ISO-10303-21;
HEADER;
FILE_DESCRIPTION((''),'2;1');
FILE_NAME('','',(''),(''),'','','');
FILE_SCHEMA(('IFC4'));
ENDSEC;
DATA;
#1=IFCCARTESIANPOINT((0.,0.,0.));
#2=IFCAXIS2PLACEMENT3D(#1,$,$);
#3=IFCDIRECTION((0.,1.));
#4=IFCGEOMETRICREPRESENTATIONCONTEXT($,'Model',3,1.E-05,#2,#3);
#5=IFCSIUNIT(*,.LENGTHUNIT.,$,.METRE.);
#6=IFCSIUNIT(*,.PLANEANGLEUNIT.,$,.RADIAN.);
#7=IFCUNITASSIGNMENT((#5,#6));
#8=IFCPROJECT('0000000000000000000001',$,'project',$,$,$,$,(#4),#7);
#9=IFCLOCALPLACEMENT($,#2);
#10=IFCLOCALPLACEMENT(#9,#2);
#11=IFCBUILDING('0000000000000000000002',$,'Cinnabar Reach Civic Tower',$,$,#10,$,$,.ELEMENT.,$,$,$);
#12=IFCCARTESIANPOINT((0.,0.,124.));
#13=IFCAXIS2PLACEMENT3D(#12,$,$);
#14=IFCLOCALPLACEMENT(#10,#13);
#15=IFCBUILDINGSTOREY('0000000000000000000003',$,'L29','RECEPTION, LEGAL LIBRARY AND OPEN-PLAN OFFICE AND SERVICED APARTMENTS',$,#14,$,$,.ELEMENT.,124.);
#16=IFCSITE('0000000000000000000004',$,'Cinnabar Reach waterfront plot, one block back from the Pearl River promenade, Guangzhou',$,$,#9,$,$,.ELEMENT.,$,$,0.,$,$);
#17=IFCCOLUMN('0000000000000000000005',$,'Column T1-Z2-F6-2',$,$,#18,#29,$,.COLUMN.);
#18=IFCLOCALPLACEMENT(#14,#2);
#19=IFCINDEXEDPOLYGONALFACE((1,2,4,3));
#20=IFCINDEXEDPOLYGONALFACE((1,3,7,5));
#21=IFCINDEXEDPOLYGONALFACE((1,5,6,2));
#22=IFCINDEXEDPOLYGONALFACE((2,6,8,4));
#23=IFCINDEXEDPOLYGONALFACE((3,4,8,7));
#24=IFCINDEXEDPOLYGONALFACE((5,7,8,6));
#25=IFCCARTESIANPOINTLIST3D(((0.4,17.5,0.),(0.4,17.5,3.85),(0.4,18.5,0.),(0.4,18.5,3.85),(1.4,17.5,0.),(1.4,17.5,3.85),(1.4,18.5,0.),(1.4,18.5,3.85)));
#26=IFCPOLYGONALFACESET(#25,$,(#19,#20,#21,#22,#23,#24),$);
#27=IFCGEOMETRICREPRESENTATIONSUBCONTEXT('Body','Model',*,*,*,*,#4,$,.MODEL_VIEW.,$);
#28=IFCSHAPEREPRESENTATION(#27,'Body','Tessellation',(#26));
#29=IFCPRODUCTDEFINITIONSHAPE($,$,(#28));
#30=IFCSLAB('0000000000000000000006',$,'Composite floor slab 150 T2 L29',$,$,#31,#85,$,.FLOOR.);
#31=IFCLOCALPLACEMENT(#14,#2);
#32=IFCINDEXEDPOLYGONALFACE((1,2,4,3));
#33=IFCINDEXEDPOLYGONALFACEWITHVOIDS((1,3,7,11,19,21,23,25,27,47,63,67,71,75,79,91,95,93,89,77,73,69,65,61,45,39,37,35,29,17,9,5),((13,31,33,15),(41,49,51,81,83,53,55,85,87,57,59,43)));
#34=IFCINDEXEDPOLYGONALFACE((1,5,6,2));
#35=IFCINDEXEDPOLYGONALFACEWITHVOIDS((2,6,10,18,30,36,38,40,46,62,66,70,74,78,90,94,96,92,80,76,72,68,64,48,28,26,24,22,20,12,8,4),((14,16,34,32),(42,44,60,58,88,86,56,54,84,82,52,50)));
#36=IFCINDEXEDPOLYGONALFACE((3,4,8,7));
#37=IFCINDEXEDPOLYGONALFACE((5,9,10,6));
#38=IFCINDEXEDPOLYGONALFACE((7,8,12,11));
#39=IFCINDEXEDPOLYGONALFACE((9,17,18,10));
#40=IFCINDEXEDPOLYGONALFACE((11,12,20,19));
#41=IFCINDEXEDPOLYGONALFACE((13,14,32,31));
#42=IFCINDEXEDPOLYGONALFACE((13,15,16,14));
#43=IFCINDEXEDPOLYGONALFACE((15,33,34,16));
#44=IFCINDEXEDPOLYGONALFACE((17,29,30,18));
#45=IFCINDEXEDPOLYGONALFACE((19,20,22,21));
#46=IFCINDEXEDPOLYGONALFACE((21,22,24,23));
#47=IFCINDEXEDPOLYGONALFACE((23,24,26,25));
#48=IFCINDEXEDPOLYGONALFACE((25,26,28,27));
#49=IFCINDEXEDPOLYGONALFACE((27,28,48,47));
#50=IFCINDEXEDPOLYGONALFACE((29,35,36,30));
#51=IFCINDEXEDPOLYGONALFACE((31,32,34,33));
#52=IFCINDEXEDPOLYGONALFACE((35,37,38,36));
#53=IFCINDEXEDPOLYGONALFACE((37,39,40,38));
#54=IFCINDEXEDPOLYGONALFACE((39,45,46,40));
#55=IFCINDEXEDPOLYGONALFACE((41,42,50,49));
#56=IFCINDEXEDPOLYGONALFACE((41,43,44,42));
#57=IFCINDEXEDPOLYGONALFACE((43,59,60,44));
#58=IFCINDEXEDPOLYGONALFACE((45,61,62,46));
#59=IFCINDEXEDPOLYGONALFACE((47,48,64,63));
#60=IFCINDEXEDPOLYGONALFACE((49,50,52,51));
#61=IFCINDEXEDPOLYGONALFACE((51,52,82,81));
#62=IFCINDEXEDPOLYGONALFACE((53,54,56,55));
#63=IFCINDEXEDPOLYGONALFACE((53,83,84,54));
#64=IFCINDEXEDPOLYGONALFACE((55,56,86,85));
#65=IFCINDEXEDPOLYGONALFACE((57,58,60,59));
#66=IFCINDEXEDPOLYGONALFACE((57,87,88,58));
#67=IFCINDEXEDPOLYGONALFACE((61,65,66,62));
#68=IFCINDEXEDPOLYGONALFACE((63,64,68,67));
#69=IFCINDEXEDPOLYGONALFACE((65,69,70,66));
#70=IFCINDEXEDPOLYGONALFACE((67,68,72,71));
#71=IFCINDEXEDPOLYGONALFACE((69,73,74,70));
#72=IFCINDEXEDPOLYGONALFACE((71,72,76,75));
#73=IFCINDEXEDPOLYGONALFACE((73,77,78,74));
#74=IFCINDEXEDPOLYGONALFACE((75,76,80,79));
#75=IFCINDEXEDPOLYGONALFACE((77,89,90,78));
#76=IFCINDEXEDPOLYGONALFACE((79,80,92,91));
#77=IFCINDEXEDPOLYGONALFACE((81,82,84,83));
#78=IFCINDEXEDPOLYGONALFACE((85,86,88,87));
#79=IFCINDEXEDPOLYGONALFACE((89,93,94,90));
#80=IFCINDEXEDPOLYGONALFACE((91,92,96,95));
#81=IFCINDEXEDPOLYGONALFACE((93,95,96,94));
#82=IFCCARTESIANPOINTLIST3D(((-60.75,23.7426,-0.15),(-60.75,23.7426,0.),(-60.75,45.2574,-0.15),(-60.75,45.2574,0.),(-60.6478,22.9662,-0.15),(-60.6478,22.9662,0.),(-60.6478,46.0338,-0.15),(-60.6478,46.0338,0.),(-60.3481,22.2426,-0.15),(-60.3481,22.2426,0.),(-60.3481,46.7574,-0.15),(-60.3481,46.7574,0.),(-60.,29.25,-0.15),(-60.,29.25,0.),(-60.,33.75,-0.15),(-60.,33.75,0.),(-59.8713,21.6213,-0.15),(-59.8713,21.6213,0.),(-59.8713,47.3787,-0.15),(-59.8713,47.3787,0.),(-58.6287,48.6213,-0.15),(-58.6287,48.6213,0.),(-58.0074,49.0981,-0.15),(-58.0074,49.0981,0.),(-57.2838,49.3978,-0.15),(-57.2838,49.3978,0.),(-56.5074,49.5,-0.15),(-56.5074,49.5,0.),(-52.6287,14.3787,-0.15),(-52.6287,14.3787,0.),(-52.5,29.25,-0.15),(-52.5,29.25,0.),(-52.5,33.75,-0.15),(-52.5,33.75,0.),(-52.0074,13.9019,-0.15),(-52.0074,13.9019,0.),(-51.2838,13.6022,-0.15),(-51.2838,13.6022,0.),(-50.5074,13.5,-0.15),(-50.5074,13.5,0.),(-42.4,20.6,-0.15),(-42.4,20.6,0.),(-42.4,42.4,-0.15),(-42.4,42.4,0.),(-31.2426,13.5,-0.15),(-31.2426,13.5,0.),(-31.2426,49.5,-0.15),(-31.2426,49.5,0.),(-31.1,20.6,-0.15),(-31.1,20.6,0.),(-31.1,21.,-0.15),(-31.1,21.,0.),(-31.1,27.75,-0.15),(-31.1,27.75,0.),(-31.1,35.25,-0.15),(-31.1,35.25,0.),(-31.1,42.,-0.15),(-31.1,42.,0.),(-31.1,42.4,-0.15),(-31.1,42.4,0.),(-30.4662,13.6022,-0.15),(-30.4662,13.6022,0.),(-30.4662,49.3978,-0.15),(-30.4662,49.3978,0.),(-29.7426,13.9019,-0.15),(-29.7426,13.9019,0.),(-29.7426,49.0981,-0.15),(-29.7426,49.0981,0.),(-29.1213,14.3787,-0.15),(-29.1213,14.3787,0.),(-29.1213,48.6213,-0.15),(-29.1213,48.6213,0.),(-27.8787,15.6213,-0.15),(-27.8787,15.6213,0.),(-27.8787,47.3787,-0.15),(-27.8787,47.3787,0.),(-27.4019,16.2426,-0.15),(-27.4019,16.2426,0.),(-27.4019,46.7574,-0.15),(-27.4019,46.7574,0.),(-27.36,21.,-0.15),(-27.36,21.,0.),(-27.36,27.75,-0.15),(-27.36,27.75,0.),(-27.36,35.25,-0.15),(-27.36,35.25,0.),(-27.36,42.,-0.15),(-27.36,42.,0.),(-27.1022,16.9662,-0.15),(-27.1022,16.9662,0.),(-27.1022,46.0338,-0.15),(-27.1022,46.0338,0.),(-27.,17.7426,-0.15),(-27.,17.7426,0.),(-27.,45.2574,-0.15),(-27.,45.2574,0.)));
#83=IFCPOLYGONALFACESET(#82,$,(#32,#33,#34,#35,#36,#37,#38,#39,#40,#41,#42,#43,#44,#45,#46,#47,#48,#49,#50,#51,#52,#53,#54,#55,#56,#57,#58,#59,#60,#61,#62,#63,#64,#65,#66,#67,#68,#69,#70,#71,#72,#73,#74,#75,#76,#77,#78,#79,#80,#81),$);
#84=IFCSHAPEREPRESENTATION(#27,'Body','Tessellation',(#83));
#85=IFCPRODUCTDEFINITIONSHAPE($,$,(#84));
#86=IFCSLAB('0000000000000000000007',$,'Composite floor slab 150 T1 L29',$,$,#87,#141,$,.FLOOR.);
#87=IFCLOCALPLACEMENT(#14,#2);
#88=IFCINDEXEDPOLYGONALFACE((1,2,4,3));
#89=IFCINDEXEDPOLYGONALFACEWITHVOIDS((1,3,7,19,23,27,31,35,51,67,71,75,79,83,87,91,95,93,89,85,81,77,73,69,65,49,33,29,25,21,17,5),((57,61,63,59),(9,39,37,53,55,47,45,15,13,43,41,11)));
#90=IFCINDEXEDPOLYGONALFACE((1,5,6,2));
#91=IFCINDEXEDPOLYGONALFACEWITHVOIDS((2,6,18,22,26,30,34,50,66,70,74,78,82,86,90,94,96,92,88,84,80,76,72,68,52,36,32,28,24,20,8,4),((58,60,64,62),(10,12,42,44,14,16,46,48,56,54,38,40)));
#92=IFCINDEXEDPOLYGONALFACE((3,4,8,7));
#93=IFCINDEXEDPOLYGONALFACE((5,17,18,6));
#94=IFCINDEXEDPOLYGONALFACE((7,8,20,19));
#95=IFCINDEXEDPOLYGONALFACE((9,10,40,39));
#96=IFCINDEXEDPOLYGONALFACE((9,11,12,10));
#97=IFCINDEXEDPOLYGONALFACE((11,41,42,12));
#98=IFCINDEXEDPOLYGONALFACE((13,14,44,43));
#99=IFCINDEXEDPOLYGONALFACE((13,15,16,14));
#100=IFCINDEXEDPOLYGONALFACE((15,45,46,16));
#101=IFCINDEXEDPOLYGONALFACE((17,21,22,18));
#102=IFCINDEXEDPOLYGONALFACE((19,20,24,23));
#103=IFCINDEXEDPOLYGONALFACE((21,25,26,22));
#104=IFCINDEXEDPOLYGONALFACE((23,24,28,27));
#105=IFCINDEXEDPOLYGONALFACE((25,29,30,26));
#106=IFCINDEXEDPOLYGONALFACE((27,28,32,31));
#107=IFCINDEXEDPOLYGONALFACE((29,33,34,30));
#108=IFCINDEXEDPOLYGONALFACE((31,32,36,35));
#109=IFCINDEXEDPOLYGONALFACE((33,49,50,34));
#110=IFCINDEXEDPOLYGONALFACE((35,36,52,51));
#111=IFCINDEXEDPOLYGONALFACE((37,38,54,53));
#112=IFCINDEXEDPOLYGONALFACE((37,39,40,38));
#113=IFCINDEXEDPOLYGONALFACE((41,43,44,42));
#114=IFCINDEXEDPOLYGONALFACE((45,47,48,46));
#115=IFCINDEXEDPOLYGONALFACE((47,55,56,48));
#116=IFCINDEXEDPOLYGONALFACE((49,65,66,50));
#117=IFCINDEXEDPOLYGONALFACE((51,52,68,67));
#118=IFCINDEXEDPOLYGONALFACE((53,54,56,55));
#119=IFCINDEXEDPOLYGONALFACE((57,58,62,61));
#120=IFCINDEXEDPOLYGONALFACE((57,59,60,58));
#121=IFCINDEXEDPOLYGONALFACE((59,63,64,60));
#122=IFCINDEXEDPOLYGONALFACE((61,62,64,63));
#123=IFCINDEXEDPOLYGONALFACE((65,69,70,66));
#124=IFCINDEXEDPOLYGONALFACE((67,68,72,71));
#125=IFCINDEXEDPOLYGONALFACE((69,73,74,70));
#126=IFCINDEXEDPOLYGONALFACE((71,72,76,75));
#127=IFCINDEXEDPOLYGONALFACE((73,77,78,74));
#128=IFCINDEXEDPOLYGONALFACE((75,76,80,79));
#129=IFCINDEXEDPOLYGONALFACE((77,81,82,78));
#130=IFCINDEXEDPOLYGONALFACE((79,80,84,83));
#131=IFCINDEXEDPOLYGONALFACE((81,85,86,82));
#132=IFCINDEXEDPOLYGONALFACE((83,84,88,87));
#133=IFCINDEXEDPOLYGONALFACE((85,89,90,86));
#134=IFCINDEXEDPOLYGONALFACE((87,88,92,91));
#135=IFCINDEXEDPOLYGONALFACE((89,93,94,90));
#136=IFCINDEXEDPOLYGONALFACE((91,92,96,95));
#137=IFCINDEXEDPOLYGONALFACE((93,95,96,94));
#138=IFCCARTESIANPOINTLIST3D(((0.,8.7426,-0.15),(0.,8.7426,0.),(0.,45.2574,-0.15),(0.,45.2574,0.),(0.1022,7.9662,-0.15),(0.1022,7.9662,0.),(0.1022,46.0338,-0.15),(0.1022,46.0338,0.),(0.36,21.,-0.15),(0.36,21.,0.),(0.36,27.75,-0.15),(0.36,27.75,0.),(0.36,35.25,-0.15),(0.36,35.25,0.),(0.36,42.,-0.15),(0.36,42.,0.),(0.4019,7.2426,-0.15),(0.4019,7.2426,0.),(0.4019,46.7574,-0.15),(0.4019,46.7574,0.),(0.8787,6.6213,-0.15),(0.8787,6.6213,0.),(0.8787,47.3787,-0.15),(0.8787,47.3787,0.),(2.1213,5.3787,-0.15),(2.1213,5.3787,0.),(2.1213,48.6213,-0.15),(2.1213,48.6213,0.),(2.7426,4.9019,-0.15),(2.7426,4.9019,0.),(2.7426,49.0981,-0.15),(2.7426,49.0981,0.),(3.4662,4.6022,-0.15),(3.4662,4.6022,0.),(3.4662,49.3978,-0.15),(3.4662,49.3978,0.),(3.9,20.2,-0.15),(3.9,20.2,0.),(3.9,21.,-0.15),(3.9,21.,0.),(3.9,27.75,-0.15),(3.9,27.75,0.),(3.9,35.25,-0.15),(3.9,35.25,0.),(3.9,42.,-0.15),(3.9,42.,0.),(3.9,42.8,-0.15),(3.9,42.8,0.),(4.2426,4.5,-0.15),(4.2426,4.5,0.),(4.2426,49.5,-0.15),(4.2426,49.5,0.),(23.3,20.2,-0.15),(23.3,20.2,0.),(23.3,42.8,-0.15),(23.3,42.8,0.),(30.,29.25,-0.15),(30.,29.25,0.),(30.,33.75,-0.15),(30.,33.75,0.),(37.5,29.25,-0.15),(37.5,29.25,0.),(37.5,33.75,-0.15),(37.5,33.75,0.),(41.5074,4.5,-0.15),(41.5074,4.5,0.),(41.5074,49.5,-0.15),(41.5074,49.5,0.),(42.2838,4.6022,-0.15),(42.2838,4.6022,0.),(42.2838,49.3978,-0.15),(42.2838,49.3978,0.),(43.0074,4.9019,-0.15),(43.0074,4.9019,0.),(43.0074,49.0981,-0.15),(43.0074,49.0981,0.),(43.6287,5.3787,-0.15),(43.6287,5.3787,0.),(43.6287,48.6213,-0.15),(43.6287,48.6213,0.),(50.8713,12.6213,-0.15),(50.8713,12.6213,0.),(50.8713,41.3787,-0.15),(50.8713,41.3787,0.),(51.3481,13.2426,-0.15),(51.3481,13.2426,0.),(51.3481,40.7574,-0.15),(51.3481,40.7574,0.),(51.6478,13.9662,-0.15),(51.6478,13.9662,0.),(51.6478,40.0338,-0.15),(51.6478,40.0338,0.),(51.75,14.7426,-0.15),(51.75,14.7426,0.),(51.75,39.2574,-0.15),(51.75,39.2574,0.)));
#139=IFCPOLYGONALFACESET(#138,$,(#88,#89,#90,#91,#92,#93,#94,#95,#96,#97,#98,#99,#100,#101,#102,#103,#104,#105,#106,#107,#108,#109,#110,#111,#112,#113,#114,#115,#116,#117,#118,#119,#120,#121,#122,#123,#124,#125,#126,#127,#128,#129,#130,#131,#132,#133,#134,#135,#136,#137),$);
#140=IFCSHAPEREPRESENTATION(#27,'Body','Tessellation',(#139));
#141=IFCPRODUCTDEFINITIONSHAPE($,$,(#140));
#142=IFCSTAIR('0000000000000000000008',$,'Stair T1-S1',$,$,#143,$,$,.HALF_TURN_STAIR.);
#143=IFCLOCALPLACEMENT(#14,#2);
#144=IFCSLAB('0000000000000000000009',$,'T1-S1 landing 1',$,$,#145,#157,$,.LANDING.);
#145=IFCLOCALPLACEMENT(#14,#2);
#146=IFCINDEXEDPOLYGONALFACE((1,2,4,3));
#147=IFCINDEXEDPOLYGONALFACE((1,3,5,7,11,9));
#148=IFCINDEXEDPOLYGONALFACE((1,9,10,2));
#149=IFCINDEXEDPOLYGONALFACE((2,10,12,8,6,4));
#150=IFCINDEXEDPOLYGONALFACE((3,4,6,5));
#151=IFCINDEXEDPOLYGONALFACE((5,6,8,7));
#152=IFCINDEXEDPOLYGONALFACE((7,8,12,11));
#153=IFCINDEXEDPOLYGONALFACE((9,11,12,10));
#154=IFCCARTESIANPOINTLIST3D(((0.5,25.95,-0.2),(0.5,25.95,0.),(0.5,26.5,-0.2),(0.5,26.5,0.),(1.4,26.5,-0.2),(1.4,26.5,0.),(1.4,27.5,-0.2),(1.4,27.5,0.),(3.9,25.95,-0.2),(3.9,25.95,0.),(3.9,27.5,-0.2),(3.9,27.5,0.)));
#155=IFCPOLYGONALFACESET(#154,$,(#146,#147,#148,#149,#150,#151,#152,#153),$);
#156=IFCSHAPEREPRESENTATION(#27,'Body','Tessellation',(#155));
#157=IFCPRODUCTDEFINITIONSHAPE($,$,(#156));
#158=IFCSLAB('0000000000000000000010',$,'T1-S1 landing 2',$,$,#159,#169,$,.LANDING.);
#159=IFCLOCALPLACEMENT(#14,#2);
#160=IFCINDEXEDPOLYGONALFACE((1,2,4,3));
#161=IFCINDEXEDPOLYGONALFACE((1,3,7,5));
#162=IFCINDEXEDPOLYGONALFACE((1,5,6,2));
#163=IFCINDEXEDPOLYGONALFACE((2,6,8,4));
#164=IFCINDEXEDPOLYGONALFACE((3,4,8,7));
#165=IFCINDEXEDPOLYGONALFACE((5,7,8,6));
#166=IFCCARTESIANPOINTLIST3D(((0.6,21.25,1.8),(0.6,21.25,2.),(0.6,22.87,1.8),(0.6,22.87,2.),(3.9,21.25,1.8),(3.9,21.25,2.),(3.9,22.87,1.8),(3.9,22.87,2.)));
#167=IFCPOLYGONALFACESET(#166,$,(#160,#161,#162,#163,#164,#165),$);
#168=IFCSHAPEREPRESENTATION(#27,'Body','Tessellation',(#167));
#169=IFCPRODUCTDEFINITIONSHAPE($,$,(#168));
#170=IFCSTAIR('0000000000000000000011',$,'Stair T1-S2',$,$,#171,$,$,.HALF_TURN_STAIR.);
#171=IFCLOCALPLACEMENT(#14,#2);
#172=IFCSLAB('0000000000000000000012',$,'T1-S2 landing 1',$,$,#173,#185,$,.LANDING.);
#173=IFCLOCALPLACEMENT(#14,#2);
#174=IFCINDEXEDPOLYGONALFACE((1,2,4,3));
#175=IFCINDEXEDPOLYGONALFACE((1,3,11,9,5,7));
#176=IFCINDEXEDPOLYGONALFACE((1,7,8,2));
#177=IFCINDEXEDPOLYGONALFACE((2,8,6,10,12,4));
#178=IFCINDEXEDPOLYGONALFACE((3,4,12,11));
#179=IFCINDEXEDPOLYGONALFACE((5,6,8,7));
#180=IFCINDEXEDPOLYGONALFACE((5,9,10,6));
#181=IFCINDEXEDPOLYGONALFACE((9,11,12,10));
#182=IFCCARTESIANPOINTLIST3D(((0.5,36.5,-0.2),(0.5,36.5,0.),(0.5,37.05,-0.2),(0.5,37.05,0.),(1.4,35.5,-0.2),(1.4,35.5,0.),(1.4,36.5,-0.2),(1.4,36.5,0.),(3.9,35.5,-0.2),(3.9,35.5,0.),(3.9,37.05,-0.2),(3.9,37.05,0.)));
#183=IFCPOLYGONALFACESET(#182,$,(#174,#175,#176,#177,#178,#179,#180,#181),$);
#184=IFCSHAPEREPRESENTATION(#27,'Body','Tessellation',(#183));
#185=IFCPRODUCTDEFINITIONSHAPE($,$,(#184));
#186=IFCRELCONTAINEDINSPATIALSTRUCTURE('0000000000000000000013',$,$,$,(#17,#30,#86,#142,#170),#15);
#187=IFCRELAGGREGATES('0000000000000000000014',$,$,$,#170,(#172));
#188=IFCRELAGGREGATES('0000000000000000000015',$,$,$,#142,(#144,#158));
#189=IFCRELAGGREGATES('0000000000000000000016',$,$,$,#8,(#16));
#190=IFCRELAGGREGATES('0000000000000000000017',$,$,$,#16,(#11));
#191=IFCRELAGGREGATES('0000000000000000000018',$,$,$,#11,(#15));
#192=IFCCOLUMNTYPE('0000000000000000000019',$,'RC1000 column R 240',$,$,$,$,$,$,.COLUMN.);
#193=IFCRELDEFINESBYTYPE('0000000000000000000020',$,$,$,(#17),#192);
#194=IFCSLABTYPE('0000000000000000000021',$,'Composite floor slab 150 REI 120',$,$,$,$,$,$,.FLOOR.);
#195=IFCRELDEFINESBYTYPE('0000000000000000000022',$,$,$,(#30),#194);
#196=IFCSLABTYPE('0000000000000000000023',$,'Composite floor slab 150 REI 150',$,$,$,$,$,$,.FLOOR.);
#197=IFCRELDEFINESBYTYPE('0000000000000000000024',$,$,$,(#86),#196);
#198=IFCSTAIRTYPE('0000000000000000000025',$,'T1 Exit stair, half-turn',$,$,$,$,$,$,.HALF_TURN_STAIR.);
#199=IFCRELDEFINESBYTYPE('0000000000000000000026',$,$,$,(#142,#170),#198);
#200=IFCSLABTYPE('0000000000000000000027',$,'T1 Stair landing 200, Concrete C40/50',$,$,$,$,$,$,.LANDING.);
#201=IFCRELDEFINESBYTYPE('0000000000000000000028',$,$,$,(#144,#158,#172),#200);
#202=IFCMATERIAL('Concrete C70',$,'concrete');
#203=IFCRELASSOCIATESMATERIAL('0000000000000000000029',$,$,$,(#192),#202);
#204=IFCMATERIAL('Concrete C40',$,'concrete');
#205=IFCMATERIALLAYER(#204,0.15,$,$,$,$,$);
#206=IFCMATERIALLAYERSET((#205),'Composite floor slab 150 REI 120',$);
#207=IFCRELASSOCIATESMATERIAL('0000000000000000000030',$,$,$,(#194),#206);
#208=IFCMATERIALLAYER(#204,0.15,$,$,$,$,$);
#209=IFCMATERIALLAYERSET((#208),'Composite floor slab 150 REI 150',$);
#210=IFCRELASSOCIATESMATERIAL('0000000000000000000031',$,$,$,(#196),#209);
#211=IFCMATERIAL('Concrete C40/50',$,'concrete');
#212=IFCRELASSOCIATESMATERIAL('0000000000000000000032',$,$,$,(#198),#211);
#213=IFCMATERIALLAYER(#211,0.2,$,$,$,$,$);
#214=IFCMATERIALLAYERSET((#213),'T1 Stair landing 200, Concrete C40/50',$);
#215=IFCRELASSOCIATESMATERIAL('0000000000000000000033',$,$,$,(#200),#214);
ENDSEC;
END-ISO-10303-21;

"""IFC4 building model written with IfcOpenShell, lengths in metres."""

from ifc_helpers import new_model, si_unit, direction, frame, origin, origin_2d, place, context, subcontext, project, spatial, polyline, rectangle, outline, extrude, material, layer, layer_set, material_profile, profile_set, type_object, element, aggregate, save


model = new_model("IFC4")

# Units and contexts
model_context = context("Model", 3, precision=1e-05, world=origin(), true_north=direction((0.0, 1.0)))
body_context = subcontext(model_context, "Body", "Model", "MODEL_VIEW")
ifc_project = project(units=[si_unit("LENGTHUNIT", "METRE"), si_unit("PLANEANGLEUNIT", "RADIAN")], contexts=[model_context])

# Site, building, storey
site_placement = place(None, origin())
site = spatial("IfcSite", under=ifc_project, at=site_placement, Name="Cinnabar Reach waterfront plot, one block back from the Pearl River promenade, Guangzhou", CompositionType="ELEMENT", RefElevation=0.0)
building_placement = place(site_placement, origin())
building = spatial("IfcBuilding", under=site, at=building_placement, Name="Cinnabar Reach Civic Tower", CompositionType="ELEMENT")
storey_placement = place(building_placement, frame((0.0, 0.0, 124.0)))
storey = spatial("IfcBuildingStorey", under=building, at=storey_placement, Name="L29", Description="RECEPTION, LEGAL LIBRARY AND OPEN-PLAN OFFICE AND SERVICED APARTMENTS", CompositionType="ELEMENT", Elevation=124.0)

# Column
ifc_material_1 = material(Name="Concrete C70", Category="concrete")
ifc_material_profile = material_profile(ifc_material_1, rectangle(XDim=1.0, YDim=1.0, at=origin_2d()), Name="RC1000")
ifc_profile_set = profile_set([ifc_material_profile], Name="Concrete C70")
column_type = type_object("IfcColumnType", Name="RC1000 column R 240", PredefinedType="COLUMN", material=ifc_profile_set)
column_placement = place(storey_placement, frame((0.9, 18.0, 0.0), z_axis=(0.0, 0.0, 1.0), x_axis=(1.0, 0.0, 0.0)))
element("IfcColumn", 1, at=column_placement, inside=storey, type_object=column_type, Name="Column T1-Z2-F6-2", PredefinedType="COLUMN", context=body_context, shape_type="SweptSolid", body=[
    extrude(rectangle(XDim=1.0, YDim=1.0, at=origin_2d()), origin(), (0.0, 0.0, 1.0), 3.85),
])

# Slabs
ifc_material_2 = material(Name="Concrete C40", Category="concrete")
ifc_layer_1 = layer(ifc_material_2, 0.15)
ifc_layer_set_1 = layer_set([ifc_layer_1], Name="Composite floor slab 150 REI 120")
slab_type_1 = type_object("IfcSlabType", Name="Composite floor slab 150 REI 120", PredefinedType="FLOOR", material=ifc_layer_set_1)
slab_1_placement = place(storey_placement, frame((0.0, 0.0, -0.15)))
element("IfcSlab", 2, at=slab_1_placement, inside=storey, type_object=slab_type_1, Name="Composite floor slab 150 T2 L29", PredefinedType="FLOOR", context=body_context, shape_type="SweptSolid", body=[
    extrude(outline(polyline([(-59.8713, 21.6213), (-60.3481, 22.2426), (-60.6478, 22.9662), (-60.75, 23.7426), (-60.75, 45.2574), (-60.6478, 46.0338), (-60.3481, 46.7574), (-59.8713, 47.3787), (-58.6287, 48.6213), (-58.0074, 49.0981), (-57.2838, 49.3978), (-56.5074, 49.5), (-31.2426, 49.5), (-30.4662, 49.3978), (-29.7426, 49.0981), (-29.1213, 48.6213), (-27.8787, 47.3787), (-27.4019, 46.7574), (-27.1022, 46.0338), (-27.0, 45.2574), (-27.0, 17.7426), (-27.1022, 16.9662), (-27.4019, 16.2426), (-27.8787, 15.6213), (-29.1213, 14.3787), (-29.7426, 13.9019), (-30.4662, 13.6022), (-31.2426, 13.5), (-50.5074, 13.5), (-51.2838, 13.6022), (-52.0074, 13.9019), (-52.6287, 14.3787), (-59.8713, 21.6213)]), holes=[polyline([(-31.1, 27.75), (-31.1, 35.25), (-27.36, 35.25), (-27.36, 42.0), (-31.1, 42.0), (-31.1, 42.4), (-42.4, 42.4), (-42.4, 20.6), (-31.1, 20.6), (-31.1, 21.0), (-27.36, 21.0), (-27.36, 27.75), (-31.1, 27.75)]), polyline([(-60.0, 33.75), (-60.0, 29.25), (-52.5, 29.25), (-52.5, 33.75), (-60.0, 33.75)])]), origin(), (0.0, 0.0, 1.0), 0.15),
])
ifc_layer_2 = layer(ifc_material_2, 0.15)
ifc_layer_set_2 = layer_set([ifc_layer_2], Name="Composite floor slab 150 REI 150")
slab_type_2 = type_object("IfcSlabType", Name="Composite floor slab 150 REI 150", PredefinedType="FLOOR", material=ifc_layer_set_2)
slab_2_placement = place(storey_placement, frame((0.0, 0.0, -0.15)))
element("IfcSlab", 3, at=slab_2_placement, inside=storey, type_object=slab_type_2, Name="Composite floor slab 150 T1 L29", PredefinedType="FLOOR", context=body_context, shape_type="SweptSolid", body=[
    extrude(outline(polyline([(0.8787, 6.6213), (0.4019, 7.2426), (0.1022, 7.9662), (0.0, 8.7426), (0.0, 45.2574), (0.1022, 46.0338), (0.4019, 46.7574), (0.8787, 47.3787), (2.1213, 48.6213), (2.7426, 49.0981), (3.4662, 49.3978), (4.2426, 49.5), (41.5074, 49.5), (42.2838, 49.3978), (43.0074, 49.0981), (43.6287, 48.6213), (50.8713, 41.3787), (51.3481, 40.7574), (51.6478, 40.0338), (51.75, 39.2574), (51.75, 14.7426), (51.6478, 13.9662), (51.3481, 13.2426), (50.8713, 12.6213), (43.6287, 5.3787), (43.0074, 4.9019), (42.2838, 4.6022), (41.5074, 4.5), (4.2426, 4.5), (3.4662, 4.6022), (2.7426, 4.9019), (2.1213, 5.3787), (0.8787, 6.6213)]), holes=[polyline([(0.36, 21.0), (3.9, 21.0), (3.9, 20.2), (23.3, 20.2), (23.3, 42.8), (3.9, 42.8), (3.9, 42.0), (0.36, 42.0), (0.36, 35.25), (3.9, 35.25), (3.9, 27.75), (0.36, 27.75), (0.36, 21.0)]), polyline([(30.0, 33.75), (30.0, 29.25), (37.5, 29.25), (37.5, 33.75), (30.0, 33.75)])]), origin(), (0.0, 0.0, 1.0), 0.15),
])

# Stairs, slabs
ifc_material_3 = material(Name="Concrete C40/50", Category="concrete")
stair_type_1 = type_object("IfcStairType", Name="T1 Exit stair, half-turn", PredefinedType="HALF_TURN_STAIR", material=ifc_material_3)
stair_1_placement = place(storey_placement, origin())
stair_1 = element("IfcStair", 4, at=stair_1_placement, inside=storey, type_object=stair_type_1, Name="Stair T1-S1", PredefinedType="HALF_TURN_STAIR")
ifc_layer_3 = layer(ifc_material_3, 0.2)
ifc_layer_set_3 = layer_set([ifc_layer_3], Name="T1 Stair landing 200, Concrete C40/50")
slab_type_3 = type_object("IfcSlabType", Name="T1 Stair landing 200, Concrete C40/50", PredefinedType="LANDING", material=ifc_layer_set_3)
slab_3_placement = place(storey_placement, frame((0.0, 0.0, -0.2)))
slab_3 = element("IfcSlab", 5, at=slab_3_placement, type_object=slab_type_3, Name="T1-S1 landing 1", PredefinedType="LANDING", context=body_context, shape_type="SweptSolid", body=[
    extrude(outline(polyline([(3.9, 27.5), (3.9, 25.95), (0.5, 25.95), (0.5, 26.5), (1.4, 26.5), (1.4, 27.5), (3.9, 27.5)])), origin(), (0.0, 0.0, 1.0), 0.2),
])
slab_4_placement = place(storey_placement, frame((0.0, 0.0, 1.8)))
slab_4 = element("IfcSlab", 6, at=slab_4_placement, type_object=slab_type_3, Name="T1-S1 landing 2", PredefinedType="LANDING", context=body_context, shape_type="SweptSolid", body=[
    extrude(outline(polyline([(0.6, 21.25), (0.6, 22.87), (3.9, 22.87), (3.9, 21.25), (0.6, 21.25)])), origin(), (0.0, 0.0, 1.0), 0.2),
])
stair_2_placement = place(storey_placement, origin())
stair_2 = element("IfcStair", 7, at=stair_2_placement, inside=storey, type_object=stair_type_1, Name="Stair T1-S2", PredefinedType="HALF_TURN_STAIR")
slab_5_placement = place(storey_placement, frame((0.0, 0.0, -0.2)))
slab_5 = element("IfcSlab", 8, at=slab_5_placement, type_object=slab_type_3, Name="T1-S2 landing 1", PredefinedType="LANDING", context=body_context, shape_type="SweptSolid", body=[
    extrude(outline(polyline([(0.5, 37.05), (3.9, 37.05), (3.9, 35.5), (1.4, 35.5), (1.4, 36.5), (0.5, 36.5), (0.5, 37.05)])), origin(), (0.0, 0.0, 1.0), 0.2),
])
aggregate(stair_2, [slab_5])

aggregate(stair_1, [slab_3, slab_4])

save(model, "model.ifc")
